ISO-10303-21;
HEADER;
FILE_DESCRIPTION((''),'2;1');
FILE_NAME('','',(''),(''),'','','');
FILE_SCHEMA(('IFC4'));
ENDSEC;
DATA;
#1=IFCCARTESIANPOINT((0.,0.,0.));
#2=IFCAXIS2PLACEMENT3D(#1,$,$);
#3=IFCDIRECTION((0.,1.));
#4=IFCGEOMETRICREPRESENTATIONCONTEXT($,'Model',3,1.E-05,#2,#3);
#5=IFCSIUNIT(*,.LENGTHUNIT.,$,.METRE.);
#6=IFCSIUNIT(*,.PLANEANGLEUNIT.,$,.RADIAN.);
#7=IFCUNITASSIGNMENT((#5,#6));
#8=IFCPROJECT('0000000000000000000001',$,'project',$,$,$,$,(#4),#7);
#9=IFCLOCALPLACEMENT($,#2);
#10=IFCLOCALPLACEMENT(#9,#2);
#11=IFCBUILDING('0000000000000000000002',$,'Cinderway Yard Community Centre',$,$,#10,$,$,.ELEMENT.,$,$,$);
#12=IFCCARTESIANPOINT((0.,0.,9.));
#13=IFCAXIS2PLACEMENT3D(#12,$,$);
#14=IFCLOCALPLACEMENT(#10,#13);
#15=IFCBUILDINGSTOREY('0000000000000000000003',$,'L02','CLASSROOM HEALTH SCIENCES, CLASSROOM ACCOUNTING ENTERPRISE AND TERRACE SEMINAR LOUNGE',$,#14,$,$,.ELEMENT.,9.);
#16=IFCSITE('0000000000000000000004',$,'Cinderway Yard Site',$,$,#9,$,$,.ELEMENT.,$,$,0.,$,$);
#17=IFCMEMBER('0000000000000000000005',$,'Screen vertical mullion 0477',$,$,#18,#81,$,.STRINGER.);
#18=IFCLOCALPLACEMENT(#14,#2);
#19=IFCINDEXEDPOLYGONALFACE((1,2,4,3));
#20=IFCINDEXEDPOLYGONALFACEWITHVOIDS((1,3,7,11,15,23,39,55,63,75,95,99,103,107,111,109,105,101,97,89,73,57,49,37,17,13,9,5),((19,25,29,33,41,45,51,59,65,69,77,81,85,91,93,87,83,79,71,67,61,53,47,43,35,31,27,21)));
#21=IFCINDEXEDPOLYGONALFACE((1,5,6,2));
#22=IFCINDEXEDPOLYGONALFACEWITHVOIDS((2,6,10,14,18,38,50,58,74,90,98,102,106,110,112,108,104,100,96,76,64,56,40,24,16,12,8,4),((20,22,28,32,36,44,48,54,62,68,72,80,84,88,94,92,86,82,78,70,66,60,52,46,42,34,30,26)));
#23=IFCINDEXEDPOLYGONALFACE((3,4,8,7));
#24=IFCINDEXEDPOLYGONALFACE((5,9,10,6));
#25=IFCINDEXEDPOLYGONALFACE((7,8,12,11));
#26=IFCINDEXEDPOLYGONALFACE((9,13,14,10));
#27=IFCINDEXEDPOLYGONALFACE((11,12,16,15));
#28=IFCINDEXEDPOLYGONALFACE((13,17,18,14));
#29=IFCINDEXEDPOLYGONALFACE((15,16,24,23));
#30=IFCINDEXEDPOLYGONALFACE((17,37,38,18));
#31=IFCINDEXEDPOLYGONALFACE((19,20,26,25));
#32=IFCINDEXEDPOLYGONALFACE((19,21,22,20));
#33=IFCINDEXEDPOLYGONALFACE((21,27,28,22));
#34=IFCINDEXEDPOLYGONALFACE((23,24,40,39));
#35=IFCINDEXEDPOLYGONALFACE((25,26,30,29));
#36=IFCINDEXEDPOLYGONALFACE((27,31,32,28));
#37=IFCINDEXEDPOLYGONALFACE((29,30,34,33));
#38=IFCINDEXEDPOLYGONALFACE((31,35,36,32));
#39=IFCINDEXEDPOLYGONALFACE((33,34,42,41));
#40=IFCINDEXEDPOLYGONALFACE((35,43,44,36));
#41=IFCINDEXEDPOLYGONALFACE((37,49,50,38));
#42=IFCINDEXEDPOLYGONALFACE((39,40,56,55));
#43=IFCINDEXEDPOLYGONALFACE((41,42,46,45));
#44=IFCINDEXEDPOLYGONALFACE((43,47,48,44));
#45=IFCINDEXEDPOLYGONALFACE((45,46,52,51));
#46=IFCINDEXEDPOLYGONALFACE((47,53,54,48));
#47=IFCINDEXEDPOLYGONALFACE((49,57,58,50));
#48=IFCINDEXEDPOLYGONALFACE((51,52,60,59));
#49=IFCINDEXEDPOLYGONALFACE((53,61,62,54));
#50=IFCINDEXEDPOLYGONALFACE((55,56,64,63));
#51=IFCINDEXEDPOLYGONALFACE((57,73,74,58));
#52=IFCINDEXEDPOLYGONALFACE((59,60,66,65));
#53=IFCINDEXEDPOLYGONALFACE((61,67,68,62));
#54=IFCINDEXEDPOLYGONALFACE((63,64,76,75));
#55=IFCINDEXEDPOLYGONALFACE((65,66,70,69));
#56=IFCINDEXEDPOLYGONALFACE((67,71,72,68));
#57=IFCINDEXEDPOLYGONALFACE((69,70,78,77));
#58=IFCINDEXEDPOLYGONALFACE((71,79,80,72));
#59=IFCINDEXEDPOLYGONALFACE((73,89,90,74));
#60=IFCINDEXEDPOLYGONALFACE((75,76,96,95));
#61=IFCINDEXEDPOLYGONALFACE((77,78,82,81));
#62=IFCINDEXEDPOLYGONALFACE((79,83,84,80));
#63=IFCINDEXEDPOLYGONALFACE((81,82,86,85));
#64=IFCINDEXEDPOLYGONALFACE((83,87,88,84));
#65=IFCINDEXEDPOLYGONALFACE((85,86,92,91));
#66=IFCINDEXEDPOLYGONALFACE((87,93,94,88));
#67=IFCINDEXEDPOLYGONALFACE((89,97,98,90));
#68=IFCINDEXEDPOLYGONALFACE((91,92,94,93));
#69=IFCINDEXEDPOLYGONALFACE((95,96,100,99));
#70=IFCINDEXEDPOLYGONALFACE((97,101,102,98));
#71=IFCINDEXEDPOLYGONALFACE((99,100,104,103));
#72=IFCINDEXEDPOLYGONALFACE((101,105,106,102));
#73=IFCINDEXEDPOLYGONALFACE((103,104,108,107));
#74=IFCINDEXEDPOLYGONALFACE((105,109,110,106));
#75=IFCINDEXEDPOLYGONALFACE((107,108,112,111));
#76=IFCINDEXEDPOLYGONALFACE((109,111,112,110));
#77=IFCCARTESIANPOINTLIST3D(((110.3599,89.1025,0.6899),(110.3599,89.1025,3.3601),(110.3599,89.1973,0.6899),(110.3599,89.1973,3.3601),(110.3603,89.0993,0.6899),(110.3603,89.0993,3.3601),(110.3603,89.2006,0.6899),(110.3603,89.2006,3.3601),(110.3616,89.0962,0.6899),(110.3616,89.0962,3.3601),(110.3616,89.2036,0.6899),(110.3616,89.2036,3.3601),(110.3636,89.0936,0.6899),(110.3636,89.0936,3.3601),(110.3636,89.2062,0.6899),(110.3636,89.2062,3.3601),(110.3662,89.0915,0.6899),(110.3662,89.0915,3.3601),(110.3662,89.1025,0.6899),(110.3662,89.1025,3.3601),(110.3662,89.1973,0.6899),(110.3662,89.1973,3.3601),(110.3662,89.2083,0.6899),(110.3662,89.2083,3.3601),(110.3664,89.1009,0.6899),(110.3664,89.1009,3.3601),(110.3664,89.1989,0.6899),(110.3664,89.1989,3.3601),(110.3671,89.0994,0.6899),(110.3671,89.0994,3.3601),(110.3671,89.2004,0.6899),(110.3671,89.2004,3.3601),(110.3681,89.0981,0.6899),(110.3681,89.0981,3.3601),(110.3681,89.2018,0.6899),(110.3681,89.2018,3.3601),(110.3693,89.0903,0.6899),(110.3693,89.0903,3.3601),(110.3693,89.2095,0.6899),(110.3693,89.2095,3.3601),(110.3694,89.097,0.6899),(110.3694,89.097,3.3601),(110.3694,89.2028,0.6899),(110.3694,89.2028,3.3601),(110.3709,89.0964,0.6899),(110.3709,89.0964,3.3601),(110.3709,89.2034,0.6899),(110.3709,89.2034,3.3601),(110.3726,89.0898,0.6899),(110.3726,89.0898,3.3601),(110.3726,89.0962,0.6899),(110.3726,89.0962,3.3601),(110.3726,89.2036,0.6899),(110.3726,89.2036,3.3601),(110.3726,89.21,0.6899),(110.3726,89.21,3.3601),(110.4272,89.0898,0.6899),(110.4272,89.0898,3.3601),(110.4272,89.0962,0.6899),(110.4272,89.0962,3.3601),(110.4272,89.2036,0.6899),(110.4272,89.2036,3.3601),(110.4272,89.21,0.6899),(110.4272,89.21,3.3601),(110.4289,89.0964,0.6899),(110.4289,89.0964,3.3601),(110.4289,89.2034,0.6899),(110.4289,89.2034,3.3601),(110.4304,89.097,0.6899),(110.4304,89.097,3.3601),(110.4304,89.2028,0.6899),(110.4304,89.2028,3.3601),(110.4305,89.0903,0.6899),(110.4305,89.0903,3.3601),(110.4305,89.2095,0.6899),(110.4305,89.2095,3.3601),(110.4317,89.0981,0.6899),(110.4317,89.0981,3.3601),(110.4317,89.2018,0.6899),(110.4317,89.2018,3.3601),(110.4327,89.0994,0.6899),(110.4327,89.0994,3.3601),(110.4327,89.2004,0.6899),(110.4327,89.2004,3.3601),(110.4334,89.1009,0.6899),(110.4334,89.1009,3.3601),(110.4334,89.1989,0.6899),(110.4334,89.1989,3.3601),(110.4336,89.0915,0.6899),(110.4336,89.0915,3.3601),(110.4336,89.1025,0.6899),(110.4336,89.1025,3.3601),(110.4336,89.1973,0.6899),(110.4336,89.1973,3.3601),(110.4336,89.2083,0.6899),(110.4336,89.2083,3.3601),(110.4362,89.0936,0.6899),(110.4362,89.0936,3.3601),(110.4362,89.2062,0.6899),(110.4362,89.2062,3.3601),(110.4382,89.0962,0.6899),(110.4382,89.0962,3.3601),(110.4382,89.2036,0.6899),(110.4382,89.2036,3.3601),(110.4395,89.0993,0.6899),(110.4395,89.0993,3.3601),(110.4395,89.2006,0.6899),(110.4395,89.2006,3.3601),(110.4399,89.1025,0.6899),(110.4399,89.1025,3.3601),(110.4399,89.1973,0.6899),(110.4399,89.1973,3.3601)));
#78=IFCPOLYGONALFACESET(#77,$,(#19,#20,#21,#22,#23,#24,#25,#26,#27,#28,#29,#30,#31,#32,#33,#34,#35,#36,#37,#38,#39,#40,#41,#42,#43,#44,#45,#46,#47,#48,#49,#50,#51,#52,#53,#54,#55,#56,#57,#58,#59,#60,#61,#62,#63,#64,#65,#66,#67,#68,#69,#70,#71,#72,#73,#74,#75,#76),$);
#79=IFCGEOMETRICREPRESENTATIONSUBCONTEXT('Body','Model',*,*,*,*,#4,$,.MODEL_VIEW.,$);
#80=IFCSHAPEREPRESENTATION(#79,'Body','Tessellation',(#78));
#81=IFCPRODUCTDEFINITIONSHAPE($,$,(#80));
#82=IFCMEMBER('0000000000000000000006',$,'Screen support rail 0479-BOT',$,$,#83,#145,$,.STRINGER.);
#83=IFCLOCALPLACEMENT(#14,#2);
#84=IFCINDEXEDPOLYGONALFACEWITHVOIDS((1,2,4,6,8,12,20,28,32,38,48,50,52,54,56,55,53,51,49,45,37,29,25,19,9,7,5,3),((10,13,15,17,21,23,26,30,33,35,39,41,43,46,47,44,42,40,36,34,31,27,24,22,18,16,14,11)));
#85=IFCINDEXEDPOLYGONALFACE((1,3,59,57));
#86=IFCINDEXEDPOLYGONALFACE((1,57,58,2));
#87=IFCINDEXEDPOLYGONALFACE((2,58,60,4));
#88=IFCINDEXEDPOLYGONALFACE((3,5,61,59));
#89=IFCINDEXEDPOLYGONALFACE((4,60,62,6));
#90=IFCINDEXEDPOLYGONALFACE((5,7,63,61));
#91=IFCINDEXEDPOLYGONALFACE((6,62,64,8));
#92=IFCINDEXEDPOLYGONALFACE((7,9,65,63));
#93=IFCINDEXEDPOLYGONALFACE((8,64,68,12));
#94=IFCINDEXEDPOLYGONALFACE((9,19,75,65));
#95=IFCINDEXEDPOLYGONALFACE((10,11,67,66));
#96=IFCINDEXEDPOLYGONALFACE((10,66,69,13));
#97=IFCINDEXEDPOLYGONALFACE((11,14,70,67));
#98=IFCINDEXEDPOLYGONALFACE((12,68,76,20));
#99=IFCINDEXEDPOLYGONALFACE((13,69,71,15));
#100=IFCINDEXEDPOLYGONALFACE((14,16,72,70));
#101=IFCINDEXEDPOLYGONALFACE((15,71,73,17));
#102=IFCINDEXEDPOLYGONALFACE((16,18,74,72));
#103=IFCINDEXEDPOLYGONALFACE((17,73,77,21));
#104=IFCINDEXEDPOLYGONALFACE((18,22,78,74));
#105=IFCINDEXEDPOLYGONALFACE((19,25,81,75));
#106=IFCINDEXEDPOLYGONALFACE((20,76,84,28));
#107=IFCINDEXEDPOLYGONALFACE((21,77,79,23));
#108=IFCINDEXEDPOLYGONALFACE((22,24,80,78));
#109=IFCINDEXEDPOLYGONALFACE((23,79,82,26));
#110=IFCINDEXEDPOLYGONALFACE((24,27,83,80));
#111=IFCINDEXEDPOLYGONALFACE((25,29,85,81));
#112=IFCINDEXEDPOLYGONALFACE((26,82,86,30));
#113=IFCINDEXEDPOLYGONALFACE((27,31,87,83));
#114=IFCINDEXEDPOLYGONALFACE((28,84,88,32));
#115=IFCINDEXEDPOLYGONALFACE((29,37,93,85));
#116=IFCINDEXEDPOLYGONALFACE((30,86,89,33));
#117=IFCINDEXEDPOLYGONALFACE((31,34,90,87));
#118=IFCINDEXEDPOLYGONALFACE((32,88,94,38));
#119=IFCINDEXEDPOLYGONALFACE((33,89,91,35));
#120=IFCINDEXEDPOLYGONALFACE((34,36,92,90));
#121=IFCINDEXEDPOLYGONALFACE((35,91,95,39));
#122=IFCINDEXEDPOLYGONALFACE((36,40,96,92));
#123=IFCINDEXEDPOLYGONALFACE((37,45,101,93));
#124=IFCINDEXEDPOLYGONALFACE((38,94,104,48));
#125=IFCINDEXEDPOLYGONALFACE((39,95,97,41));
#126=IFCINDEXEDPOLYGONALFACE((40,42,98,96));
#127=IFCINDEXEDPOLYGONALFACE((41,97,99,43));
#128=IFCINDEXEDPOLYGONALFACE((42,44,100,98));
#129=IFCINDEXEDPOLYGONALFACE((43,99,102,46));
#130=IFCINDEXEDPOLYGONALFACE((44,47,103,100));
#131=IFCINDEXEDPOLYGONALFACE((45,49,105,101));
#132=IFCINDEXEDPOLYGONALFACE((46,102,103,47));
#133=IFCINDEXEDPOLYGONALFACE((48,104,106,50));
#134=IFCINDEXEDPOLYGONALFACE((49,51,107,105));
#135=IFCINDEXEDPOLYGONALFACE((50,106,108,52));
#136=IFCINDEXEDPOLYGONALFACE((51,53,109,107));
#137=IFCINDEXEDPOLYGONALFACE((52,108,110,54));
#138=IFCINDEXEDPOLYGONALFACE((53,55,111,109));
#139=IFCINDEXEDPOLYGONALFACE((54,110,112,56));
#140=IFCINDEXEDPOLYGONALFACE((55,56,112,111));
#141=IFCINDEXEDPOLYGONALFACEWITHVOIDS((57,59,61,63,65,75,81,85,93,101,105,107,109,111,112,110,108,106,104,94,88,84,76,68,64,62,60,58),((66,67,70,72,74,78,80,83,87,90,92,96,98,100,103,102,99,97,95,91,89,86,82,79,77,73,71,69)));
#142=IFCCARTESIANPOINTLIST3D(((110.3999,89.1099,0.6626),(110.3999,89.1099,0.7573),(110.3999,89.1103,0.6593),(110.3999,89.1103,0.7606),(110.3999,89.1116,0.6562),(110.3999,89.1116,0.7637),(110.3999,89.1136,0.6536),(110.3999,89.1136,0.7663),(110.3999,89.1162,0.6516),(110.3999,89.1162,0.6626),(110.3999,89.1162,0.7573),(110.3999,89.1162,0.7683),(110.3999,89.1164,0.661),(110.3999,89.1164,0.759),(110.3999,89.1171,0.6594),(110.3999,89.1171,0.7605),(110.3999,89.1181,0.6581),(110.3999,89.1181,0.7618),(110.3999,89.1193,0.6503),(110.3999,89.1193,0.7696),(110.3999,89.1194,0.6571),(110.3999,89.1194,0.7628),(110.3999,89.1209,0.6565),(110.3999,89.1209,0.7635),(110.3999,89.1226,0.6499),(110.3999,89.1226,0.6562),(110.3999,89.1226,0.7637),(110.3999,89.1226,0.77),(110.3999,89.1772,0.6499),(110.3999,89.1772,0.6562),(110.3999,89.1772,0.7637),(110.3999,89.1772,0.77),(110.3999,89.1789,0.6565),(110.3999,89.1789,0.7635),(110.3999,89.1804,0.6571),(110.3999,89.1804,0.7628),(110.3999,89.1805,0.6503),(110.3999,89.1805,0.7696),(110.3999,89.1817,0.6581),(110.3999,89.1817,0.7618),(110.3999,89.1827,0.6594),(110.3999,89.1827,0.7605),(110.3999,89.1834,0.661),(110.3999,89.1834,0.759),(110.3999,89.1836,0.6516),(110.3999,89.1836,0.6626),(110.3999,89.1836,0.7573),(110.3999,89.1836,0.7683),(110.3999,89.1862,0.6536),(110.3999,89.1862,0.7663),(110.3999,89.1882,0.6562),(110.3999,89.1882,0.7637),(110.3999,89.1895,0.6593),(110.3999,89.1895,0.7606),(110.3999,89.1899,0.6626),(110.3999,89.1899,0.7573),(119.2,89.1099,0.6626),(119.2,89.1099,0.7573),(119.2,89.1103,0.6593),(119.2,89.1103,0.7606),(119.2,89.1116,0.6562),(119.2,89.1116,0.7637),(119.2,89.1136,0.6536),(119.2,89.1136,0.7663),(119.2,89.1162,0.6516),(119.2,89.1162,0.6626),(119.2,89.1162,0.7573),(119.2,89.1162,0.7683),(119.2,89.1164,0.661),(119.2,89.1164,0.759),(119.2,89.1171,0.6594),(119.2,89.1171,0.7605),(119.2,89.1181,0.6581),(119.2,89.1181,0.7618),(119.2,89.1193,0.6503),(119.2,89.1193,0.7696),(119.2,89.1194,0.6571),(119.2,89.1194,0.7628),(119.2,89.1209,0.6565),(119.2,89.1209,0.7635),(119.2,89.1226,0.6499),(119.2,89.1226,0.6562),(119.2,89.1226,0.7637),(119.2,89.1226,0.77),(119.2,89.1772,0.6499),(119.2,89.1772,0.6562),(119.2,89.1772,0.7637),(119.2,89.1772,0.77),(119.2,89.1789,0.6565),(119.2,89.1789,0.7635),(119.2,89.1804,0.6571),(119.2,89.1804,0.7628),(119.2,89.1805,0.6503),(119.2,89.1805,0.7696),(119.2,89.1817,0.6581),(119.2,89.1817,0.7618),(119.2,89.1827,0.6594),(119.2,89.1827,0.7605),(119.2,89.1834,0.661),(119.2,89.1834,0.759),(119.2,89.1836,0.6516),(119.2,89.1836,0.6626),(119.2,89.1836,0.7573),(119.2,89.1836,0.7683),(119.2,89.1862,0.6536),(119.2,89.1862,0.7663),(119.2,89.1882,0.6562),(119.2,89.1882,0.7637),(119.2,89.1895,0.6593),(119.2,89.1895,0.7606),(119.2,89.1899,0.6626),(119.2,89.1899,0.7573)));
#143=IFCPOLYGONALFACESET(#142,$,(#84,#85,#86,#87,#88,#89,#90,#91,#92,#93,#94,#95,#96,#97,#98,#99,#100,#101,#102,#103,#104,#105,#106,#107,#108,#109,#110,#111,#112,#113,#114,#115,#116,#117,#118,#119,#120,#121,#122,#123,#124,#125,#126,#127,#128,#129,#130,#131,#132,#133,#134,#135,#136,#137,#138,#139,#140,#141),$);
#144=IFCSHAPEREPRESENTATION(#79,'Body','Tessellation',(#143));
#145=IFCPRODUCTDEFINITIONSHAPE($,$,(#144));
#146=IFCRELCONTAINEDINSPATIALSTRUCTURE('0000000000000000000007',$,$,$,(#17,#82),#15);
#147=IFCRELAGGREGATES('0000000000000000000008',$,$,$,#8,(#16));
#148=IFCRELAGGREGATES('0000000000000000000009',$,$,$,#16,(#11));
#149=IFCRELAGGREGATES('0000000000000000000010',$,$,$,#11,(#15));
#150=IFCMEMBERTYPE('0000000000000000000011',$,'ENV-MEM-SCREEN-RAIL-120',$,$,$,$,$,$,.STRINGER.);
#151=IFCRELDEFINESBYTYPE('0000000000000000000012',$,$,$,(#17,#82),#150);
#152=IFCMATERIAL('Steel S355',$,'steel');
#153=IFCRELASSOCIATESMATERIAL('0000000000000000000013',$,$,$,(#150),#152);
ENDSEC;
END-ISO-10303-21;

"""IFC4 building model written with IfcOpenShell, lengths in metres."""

from ifc_helpers import new_model, si_unit, direction, frame, origin, origin_2d, place, context, subcontext, project, spatial, hollow_rectangle, extrude, material, material_profile, profile_set, type_object, element, save


model = new_model("IFC4")

# Units and contexts
model_context = context("Model", 3, precision=1e-05, world=origin(), true_north=direction((0.0, 1.0)))
body_context = subcontext(model_context, "Body", "Model", "MODEL_VIEW")
ifc_project = project(units=[si_unit("LENGTHUNIT", "METRE"), si_unit("PLANEANGLEUNIT", "RADIAN")], contexts=[model_context])

# Site, building, storey
site_placement = place(None, origin())
site = spatial("IfcSite", under=ifc_project, at=site_placement, Name="Cinderway Yard Site", CompositionType="ELEMENT", RefElevation=0.0)
building_placement = place(site_placement, origin())
building = spatial("IfcBuilding", under=site, at=building_placement, Name="Cinderway Yard Community Centre", CompositionType="ELEMENT")
storey_placement = place(building_placement, frame((0.0, 0.0, 9.0)))
storey = spatial("IfcBuildingStorey", under=building, at=storey_placement, Name="L02", Description="CLASSROOM HEALTH SCIENCES, CLASSROOM ACCOUNTING ENTERPRISE AND TERRACE SEMINAR LOUNGE", CompositionType="ELEMENT", Elevation=9.0)

# Members
ifc_material_1 = material(Name="Steel S355", Category="steel")
ifc_material_profile_1 = material_profile(ifc_material_1, hollow_rectangle(XDim=0.0801, YDim=0.1201, WallThickness=0.0063, InnerFilletRadius=0.0063, OuterFilletRadius=0.0127, at=origin_2d()), Name="Steel S355")
ifc_profile_set_1 = profile_set([ifc_material_profile_1], Name="Steel S355")
member_type_1 = type_object("IfcMemberType", Name="ENV-MEM-SCREEN-RAIL-120", PredefinedType="STRINGER", material=ifc_profile_set_1)
member_1_placement = place(storey_placement, frame((110.3999, 89.1499, 0.6899), z_axis=(0.0, 0.0, 1.0), x_axis=(1.0, 0.0, 0.0)))
element("IfcMember", 1, at=member_1_placement, inside=storey, type_object=member_type_1, Name="Screen vertical mullion 0477", PredefinedType="STRINGER", context=body_context, shape_type="SweptSolid", body=[
    extrude(hollow_rectangle(XDim=0.0801, YDim=0.1201, WallThickness=0.0063, InnerFilletRadius=0.0063, OuterFilletRadius=0.0127, at=origin_2d()), origin(), (0.0, 0.0, 1.0), 2.6702),
])
for number, where, z_axis, x_axis, name in (
    (2, (110.3999, 89.1499, 0.71), (1.0, 0.0, 0.0), (0.0, 1.0, 0.0), "Screen support rail 0479-BOT"),
):
    element("IfcMember", number, at=place(storey_placement, frame(where, z_axis=z_axis, x_axis=x_axis)), inside=storey, type_object=member_type_1, Name=name, PredefinedType="STRINGER", context=body_context, shape_type="SweptSolid", body=[
        extrude(hollow_rectangle(XDim=0.0801, YDim=0.1201, WallThickness=0.0063, InnerFilletRadius=0.0063, OuterFilletRadius=0.0127, at=origin_2d()), origin(), (0.0, 0.0, 1.0), 8.8),
    ])

save(model, "model.ifc")
